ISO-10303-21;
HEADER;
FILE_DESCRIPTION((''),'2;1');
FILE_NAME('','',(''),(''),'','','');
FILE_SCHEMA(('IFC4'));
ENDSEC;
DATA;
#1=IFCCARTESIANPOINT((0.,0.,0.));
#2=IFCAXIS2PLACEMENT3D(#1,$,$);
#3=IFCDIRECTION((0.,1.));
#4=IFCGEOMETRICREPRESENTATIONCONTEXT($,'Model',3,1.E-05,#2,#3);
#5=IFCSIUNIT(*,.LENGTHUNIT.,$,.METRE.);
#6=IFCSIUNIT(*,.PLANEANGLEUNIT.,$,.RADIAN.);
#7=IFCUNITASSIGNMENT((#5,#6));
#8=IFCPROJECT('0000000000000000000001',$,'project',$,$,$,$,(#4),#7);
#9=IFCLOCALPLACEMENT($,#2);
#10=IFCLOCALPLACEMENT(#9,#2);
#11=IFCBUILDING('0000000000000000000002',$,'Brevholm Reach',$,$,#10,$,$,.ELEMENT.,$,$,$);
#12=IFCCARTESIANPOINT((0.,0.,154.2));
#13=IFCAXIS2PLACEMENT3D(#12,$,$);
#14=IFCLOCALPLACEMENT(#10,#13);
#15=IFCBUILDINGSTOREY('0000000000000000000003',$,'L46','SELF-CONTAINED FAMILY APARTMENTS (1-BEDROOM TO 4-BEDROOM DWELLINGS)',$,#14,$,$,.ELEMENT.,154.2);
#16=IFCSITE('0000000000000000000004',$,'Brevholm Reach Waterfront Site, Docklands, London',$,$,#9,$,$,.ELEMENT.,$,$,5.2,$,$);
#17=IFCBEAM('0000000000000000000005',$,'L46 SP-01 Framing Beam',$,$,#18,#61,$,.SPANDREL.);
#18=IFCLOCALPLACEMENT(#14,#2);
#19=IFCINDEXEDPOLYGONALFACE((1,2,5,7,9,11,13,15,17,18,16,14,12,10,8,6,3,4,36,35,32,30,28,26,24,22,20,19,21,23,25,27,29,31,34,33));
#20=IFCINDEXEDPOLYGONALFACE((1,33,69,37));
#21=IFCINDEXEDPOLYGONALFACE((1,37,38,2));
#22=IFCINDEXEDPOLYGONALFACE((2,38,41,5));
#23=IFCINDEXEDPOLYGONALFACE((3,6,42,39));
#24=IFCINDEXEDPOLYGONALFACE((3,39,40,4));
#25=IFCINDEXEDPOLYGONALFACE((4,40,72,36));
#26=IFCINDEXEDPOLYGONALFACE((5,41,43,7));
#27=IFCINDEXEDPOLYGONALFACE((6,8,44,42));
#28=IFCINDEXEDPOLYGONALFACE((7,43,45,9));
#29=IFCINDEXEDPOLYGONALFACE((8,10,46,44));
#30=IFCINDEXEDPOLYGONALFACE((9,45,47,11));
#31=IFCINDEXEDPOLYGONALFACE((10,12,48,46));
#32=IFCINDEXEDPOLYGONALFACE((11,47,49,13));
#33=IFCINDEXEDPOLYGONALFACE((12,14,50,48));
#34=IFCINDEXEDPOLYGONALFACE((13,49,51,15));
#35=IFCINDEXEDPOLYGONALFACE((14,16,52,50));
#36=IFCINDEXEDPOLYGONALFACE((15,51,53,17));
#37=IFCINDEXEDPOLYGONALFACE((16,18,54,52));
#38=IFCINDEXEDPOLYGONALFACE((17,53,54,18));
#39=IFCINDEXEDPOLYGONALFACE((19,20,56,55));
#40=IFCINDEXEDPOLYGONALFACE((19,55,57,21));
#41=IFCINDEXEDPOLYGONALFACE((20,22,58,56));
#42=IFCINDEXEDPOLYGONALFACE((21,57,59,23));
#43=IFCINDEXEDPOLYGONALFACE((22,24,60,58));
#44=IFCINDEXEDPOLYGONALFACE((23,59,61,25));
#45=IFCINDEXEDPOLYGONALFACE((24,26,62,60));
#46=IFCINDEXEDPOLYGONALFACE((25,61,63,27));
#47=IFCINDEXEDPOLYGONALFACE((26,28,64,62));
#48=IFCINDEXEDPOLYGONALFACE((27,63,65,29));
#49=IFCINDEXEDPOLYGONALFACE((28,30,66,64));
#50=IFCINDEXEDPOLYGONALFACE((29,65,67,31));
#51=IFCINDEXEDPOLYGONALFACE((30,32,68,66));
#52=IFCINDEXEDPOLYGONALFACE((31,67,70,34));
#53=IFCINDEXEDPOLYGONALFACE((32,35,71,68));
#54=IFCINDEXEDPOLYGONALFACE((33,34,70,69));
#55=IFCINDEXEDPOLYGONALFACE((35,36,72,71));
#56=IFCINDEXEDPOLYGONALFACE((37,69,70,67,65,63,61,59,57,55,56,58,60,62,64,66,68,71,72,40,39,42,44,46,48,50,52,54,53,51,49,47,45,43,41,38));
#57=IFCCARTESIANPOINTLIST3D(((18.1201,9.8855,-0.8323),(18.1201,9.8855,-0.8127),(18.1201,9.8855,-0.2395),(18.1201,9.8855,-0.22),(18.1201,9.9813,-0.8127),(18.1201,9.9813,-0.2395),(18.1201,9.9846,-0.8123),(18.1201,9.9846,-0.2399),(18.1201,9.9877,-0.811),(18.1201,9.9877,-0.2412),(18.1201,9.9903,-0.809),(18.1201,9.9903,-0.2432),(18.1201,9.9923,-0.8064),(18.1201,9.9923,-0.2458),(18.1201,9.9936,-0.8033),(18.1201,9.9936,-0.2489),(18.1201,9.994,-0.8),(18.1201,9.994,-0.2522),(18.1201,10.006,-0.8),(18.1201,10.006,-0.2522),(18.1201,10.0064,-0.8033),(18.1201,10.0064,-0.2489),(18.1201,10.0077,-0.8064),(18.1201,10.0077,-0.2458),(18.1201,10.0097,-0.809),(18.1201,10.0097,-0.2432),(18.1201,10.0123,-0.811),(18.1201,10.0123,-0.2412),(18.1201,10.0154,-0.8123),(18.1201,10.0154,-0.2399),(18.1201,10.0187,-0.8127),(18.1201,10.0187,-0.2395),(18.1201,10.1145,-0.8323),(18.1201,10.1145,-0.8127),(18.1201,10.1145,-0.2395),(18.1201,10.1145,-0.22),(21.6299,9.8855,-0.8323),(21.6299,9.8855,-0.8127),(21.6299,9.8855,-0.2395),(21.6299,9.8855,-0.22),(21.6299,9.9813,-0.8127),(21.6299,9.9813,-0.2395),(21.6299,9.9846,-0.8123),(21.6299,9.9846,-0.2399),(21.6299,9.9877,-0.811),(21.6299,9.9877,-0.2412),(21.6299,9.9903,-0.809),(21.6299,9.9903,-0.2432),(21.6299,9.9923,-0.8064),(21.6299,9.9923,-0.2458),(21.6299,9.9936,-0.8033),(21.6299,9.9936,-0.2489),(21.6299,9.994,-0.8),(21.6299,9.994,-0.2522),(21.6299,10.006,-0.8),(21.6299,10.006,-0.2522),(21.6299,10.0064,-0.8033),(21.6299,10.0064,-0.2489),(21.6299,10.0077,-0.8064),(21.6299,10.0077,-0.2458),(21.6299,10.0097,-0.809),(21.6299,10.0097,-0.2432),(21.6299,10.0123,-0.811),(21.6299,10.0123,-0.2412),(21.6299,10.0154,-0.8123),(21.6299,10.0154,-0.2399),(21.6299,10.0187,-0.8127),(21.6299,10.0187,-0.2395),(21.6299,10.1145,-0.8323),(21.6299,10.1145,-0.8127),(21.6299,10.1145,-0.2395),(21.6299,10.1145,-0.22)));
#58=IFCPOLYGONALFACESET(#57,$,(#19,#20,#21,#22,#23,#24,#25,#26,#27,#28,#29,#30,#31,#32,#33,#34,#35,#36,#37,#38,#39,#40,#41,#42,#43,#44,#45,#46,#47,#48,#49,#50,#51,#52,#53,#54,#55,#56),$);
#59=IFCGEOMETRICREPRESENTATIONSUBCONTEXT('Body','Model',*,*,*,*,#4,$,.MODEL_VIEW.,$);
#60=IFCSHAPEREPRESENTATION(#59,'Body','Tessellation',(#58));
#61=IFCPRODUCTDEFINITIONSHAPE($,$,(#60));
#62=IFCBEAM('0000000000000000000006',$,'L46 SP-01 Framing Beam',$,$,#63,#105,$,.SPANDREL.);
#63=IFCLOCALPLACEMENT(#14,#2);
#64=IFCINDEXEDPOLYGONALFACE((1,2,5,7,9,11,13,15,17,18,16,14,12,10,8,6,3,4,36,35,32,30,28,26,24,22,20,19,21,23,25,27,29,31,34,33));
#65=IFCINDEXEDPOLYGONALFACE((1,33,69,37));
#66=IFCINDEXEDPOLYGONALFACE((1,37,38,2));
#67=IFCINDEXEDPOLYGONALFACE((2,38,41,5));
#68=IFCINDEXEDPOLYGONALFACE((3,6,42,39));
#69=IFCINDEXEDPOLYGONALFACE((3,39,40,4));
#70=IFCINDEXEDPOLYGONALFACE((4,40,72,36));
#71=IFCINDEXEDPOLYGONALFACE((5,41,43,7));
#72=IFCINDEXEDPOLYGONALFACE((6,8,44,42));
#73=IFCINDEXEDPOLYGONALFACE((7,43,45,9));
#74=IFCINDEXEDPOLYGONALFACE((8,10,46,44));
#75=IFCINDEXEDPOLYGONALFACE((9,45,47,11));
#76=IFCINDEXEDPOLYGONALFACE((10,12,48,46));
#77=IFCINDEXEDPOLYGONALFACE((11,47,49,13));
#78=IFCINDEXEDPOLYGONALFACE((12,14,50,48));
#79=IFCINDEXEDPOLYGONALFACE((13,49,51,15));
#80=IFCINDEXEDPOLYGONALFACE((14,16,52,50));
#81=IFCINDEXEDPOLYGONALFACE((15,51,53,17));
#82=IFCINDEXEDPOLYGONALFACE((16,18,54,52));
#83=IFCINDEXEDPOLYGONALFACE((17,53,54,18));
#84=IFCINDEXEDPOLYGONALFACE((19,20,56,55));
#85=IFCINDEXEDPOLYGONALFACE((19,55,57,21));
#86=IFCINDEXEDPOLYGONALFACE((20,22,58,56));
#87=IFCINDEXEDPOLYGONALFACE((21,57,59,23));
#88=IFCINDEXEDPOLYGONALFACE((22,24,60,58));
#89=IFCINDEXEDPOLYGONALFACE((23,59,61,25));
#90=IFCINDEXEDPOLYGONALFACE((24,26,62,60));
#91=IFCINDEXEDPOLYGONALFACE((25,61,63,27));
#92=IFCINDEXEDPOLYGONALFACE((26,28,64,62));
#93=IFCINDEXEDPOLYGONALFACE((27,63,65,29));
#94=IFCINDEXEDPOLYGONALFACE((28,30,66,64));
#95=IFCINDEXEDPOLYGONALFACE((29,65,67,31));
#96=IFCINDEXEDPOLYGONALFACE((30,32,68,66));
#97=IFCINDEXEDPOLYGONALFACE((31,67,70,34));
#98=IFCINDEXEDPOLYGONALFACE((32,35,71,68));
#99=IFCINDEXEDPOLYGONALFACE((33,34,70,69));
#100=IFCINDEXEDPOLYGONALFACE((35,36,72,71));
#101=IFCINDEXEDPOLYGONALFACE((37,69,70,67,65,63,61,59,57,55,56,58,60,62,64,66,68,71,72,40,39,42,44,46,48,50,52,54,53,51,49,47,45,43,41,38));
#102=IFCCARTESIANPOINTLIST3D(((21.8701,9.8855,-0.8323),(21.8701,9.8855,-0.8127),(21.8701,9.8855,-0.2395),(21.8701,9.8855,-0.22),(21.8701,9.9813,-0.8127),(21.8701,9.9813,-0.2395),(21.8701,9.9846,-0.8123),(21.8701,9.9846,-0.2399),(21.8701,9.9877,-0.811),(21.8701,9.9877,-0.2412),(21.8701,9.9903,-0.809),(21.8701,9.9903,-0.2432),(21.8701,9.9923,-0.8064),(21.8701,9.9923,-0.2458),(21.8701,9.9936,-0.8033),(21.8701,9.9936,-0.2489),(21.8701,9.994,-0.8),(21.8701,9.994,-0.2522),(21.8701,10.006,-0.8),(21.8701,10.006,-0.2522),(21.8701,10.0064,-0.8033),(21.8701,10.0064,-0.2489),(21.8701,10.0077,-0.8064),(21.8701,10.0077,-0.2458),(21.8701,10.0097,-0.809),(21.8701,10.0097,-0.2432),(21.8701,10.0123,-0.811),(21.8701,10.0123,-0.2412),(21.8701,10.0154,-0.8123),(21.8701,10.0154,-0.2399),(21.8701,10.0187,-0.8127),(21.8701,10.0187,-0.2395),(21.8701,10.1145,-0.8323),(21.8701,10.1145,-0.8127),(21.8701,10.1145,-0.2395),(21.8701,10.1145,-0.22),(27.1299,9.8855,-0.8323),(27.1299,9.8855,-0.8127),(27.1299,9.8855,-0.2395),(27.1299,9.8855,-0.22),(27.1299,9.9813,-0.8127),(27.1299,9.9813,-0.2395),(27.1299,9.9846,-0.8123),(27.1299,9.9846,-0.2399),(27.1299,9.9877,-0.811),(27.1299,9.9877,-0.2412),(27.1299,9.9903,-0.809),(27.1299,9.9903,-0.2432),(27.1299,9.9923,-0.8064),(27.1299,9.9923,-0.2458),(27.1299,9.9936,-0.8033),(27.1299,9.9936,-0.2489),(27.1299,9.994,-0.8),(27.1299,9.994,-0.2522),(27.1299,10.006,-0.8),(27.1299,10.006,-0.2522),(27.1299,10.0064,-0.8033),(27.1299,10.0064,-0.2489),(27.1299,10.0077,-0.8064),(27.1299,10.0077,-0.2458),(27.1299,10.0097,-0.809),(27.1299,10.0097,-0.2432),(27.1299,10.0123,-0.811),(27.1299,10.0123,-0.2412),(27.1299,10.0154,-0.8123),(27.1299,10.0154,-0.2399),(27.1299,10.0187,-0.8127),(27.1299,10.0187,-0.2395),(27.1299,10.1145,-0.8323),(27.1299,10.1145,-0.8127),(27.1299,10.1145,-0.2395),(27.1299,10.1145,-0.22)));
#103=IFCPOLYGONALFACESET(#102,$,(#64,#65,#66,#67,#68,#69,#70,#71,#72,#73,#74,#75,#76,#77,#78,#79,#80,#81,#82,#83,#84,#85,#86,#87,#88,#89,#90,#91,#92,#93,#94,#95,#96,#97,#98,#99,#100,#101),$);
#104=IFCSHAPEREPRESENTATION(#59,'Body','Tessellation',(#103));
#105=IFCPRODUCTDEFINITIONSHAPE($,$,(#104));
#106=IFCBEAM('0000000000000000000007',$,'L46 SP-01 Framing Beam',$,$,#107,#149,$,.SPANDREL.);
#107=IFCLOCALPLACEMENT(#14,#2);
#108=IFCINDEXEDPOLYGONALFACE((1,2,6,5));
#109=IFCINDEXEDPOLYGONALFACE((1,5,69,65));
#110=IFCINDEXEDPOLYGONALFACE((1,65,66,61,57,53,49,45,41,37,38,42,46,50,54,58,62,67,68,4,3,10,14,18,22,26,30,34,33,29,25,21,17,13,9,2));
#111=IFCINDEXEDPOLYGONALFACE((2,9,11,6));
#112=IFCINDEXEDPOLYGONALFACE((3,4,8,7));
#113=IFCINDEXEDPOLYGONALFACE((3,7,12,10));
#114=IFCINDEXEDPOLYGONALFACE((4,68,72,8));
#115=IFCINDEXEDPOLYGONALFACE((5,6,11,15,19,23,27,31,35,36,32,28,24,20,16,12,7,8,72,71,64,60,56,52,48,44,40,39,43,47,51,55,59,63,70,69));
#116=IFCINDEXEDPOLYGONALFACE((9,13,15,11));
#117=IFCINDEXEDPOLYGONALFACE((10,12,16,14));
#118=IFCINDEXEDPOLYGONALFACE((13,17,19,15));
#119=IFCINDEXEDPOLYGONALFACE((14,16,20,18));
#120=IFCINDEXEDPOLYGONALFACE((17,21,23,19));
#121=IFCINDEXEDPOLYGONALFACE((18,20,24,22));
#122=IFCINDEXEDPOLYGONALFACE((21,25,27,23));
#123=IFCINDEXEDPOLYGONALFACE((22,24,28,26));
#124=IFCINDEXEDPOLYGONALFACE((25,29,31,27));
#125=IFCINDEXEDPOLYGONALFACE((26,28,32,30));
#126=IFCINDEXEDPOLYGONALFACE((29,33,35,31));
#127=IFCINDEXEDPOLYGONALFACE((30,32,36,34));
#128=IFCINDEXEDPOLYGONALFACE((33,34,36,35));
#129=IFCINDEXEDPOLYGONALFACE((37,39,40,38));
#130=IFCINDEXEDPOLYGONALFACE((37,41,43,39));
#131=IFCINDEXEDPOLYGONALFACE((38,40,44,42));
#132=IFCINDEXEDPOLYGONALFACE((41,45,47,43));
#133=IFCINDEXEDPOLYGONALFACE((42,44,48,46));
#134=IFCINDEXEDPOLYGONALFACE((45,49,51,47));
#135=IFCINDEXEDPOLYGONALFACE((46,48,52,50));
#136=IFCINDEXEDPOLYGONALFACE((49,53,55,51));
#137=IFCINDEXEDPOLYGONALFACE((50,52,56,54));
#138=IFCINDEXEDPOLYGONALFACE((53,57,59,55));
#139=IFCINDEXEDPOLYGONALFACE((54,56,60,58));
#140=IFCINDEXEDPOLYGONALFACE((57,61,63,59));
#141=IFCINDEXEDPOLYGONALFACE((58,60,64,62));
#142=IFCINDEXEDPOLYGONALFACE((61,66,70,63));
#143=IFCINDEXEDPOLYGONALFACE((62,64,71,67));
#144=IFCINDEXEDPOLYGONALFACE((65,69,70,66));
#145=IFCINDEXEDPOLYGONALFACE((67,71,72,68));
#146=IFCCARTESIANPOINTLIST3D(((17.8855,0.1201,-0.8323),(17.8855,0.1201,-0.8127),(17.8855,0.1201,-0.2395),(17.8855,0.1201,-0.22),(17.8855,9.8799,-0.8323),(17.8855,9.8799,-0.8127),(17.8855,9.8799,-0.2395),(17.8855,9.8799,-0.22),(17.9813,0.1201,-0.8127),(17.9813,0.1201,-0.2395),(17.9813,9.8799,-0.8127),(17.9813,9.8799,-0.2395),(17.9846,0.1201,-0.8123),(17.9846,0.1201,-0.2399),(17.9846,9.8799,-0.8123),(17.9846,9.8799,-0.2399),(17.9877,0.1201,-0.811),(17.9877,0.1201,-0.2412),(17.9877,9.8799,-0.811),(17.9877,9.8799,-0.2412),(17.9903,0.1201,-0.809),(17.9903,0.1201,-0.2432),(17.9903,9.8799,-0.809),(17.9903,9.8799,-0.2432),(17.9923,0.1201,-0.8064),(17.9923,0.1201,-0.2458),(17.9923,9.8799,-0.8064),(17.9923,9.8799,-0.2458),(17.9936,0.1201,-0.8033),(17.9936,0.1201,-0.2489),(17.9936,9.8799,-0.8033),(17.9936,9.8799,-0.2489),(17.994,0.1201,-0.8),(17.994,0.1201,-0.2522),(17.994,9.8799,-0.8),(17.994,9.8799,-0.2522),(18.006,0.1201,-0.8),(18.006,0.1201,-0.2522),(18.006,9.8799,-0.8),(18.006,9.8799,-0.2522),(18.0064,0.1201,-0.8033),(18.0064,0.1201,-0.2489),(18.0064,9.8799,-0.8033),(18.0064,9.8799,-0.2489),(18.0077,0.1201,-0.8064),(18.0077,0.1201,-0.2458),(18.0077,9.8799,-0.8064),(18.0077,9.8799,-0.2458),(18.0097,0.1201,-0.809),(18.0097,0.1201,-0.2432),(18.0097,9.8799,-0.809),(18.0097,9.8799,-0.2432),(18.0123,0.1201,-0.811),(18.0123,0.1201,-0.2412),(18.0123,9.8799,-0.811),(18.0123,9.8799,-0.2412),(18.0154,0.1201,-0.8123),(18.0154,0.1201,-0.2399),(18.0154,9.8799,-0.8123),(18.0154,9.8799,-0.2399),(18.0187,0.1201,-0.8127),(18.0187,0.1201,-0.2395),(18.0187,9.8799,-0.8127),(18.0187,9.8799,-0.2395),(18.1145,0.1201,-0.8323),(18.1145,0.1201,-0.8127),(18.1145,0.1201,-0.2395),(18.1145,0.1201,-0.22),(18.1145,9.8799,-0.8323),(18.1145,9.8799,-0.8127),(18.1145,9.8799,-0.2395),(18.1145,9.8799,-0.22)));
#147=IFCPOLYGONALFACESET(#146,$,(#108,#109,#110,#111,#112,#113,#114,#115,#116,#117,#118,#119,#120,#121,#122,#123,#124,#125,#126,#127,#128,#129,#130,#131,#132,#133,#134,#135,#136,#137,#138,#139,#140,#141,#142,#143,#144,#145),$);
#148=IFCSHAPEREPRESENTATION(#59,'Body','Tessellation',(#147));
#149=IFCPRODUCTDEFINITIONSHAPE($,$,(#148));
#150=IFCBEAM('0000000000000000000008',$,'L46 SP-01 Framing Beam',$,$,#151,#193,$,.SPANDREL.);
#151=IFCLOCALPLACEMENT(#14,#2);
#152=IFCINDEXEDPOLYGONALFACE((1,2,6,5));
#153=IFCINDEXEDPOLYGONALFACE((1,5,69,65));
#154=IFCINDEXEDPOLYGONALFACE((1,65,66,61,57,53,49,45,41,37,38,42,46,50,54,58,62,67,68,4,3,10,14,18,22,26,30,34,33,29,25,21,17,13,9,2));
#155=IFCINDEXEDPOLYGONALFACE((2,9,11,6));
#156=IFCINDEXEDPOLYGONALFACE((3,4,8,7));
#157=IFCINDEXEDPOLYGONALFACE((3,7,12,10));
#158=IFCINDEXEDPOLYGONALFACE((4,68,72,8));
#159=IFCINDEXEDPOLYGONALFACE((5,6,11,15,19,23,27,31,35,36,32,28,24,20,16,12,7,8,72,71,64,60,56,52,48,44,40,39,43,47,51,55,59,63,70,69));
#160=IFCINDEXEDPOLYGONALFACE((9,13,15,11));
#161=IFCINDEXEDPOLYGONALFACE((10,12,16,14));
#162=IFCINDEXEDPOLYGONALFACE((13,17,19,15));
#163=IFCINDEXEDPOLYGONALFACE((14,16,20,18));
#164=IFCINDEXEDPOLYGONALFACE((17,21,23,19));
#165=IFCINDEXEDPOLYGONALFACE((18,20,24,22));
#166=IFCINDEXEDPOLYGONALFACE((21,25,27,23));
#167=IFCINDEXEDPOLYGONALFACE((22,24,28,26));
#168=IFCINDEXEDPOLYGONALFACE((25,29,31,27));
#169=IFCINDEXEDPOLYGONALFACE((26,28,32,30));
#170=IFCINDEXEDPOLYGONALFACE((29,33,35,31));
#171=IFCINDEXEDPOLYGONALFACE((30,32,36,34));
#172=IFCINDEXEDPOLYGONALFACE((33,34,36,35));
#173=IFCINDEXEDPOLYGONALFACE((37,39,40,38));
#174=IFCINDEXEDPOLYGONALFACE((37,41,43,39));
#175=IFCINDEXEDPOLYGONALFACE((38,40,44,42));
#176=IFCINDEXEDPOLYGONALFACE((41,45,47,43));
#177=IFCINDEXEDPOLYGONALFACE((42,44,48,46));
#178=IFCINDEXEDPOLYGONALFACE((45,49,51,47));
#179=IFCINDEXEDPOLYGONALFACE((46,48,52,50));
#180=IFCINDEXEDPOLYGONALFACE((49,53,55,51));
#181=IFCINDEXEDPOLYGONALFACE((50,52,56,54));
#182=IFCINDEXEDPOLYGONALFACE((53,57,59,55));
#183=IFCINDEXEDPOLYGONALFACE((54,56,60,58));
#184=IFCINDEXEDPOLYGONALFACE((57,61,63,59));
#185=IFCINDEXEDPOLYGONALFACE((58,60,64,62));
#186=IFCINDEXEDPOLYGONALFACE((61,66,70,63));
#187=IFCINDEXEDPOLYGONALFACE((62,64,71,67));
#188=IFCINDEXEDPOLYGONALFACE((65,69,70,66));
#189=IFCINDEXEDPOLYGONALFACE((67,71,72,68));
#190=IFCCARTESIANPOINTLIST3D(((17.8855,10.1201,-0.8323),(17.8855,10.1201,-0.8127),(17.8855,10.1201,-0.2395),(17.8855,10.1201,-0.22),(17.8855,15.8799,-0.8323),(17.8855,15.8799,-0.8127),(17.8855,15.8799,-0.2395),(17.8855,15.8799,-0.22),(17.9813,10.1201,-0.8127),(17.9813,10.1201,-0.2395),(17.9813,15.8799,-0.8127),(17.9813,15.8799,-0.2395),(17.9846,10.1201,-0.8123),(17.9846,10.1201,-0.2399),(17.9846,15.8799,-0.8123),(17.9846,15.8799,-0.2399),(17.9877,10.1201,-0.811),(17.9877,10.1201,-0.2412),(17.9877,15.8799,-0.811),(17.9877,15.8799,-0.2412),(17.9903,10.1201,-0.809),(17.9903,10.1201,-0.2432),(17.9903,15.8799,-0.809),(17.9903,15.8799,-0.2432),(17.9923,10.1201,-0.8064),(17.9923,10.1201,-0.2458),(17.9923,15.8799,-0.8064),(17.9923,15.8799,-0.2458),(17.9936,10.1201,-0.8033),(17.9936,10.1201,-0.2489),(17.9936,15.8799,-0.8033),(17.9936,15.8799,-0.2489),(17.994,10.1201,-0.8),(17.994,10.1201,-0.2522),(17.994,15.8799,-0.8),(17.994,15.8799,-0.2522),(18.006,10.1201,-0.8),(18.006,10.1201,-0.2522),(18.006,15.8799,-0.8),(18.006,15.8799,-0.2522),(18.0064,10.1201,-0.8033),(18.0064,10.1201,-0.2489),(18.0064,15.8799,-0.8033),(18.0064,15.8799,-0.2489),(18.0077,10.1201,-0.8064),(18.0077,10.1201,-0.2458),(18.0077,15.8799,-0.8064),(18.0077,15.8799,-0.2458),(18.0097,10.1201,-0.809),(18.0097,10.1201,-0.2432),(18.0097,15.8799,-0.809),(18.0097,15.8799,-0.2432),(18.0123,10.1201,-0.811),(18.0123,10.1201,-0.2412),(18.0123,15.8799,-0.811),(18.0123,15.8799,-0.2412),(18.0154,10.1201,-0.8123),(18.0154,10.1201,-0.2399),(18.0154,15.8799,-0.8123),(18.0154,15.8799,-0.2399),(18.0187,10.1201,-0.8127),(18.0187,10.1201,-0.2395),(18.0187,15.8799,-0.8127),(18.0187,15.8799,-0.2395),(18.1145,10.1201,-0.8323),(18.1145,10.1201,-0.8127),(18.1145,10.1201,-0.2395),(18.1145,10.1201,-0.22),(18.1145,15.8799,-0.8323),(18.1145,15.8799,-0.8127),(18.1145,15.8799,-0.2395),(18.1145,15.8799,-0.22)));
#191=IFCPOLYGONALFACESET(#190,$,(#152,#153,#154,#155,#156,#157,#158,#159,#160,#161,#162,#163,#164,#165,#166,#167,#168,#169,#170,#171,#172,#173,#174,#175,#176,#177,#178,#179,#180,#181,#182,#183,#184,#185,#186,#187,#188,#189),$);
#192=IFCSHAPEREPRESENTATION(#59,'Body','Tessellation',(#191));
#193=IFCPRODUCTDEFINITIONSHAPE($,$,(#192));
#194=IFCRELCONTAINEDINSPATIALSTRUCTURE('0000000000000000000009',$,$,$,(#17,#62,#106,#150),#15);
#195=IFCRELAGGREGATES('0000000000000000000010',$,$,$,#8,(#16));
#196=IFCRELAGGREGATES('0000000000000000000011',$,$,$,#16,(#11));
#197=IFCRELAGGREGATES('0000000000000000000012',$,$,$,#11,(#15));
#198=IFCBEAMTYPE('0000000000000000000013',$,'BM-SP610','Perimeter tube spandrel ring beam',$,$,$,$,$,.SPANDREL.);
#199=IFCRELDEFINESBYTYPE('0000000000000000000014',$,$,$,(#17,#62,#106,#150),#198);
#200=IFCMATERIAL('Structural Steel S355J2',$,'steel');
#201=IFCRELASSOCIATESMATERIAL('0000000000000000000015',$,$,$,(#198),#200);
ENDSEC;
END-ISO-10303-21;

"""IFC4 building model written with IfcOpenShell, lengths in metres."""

from ifc_helpers import new_model, si_unit, direction, frame, origin, origin_2d, place, context, subcontext, project, spatial, i_section, extrude, material, material_profile, profile_set, type_object, element, save


model = new_model("IFC4")

# Units and contexts
model_context = context("Model", 3, precision=1e-05, world=origin(), true_north=direction((0.0, 1.0)))
body_context = subcontext(model_context, "Body", "Model", "MODEL_VIEW")
ifc_project = project(units=[si_unit("LENGTHUNIT", "METRE"), si_unit("PLANEANGLEUNIT", "RADIAN")], contexts=[model_context])

# Site, building, storey
site_placement = place(None, origin())
site = spatial("IfcSite", under=ifc_project, at=site_placement, Name="Brevholm Reach Waterfront Site, Docklands, London", CompositionType="ELEMENT", RefElevation=5.2)
building_placement = place(site_placement, origin())
building = spatial("IfcBuilding", under=site, at=building_placement, Name="Brevholm Reach", CompositionType="ELEMENT")
storey_placement = place(building_placement, frame((0.0, 0.0, 154.2)))
storey = spatial("IfcBuildingStorey", under=building, at=storey_placement, Name="L46", Description="SELF-CONTAINED FAMILY APARTMENTS (1-BEDROOM TO 4-BEDROOM DWELLINGS)", CompositionType="ELEMENT", Elevation=154.2)

# Beams
ifc_material_1 = material(Name="Structural Steel S355J2", Category="steel")
ifc_material_profile_1 = material_profile(ifc_material_1, i_section(OverallWidth=0.229, OverallDepth=0.6123, WebThickness=0.012, FlangeThickness=0.0195, FilletRadius=0.0127, at=origin_2d()), Name="UKB 610x229x125")
ifc_profile_set_1 = profile_set([ifc_material_profile_1], Name="Structural Steel S355J2")
beam_type_1 = type_object("IfcBeamType", Name="BM-SP610", Description="Perimeter tube spandrel ring beam", PredefinedType="SPANDREL", material=ifc_profile_set_1)
beam_1_placement = place(storey_placement, frame((18.1201, 10.0, -0.5261), z_axis=(1.0, 0.0, 0.0), x_axis=(0.0, 1.0, 0.0)))
element("IfcBeam", 1, at=beam_1_placement, inside=storey, type_object=beam_type_1, Name="L46 SP-01 Framing Beam", PredefinedType="SPANDREL", context=body_context, shape_type="SweptSolid", body=[
    extrude(i_section(OverallWidth=0.229, OverallDepth=0.6123, WebThickness=0.012, FlangeThickness=0.0195, FilletRadius=0.0127, at=origin_2d()), origin(), (0.0, 0.0, 1.0), 3.5098),
])
beam_2_placement = place(storey_placement, frame((21.8701, 10.0, -0.5261), z_axis=(1.0, 0.0, 0.0), x_axis=(0.0, 1.0, 0.0)))
element("IfcBeam", 2, at=beam_2_placement, inside=storey, type_object=beam_type_1, Name="L46 SP-01 Framing Beam", PredefinedType="SPANDREL", context=body_context, shape_type="SweptSolid", body=[
    extrude(i_section(OverallWidth=0.229, OverallDepth=0.6123, WebThickness=0.012, FlangeThickness=0.0195, FilletRadius=0.0127, at=origin_2d()), origin(), (0.0, 0.0, 1.0), 5.2598),
])
beam_3_placement = place(storey_placement, frame((18.0, 0.1201, -0.5261), z_axis=(0.0, 1.0, 0.0), x_axis=(-1.0, 0.0, 0.0)))
element("IfcBeam", 3, at=beam_3_placement, inside=storey, type_object=beam_type_1, Name="L46 SP-01 Framing Beam", PredefinedType="SPANDREL", context=body_context, shape_type="SweptSolid", body=[
    extrude(i_section(OverallWidth=0.229, OverallDepth=0.6123, WebThickness=0.012, FlangeThickness=0.0195, FilletRadius=0.0127, at=origin_2d()), origin(), (0.0, 0.0, 1.0), 9.7598),
])
beam_4_placement = place(storey_placement, frame((18.0, 10.1201, -0.5261), z_axis=(0.0, 1.0, 0.0), x_axis=(-1.0, 0.0, 0.0)))
element("IfcBeam", 4, at=beam_4_placement, inside=storey, type_object=beam_type_1, Name="L46 SP-01 Framing Beam", PredefinedType="SPANDREL", context=body_context, shape_type="SweptSolid", body=[
    extrude(i_section(OverallWidth=0.229, OverallDepth=0.6123, WebThickness=0.012, FlangeThickness=0.0195, FilletRadius=0.0127, at=origin_2d()), origin(), (0.0, 0.0, 1.0), 5.7598),
])

save(model, "model.ifc")
